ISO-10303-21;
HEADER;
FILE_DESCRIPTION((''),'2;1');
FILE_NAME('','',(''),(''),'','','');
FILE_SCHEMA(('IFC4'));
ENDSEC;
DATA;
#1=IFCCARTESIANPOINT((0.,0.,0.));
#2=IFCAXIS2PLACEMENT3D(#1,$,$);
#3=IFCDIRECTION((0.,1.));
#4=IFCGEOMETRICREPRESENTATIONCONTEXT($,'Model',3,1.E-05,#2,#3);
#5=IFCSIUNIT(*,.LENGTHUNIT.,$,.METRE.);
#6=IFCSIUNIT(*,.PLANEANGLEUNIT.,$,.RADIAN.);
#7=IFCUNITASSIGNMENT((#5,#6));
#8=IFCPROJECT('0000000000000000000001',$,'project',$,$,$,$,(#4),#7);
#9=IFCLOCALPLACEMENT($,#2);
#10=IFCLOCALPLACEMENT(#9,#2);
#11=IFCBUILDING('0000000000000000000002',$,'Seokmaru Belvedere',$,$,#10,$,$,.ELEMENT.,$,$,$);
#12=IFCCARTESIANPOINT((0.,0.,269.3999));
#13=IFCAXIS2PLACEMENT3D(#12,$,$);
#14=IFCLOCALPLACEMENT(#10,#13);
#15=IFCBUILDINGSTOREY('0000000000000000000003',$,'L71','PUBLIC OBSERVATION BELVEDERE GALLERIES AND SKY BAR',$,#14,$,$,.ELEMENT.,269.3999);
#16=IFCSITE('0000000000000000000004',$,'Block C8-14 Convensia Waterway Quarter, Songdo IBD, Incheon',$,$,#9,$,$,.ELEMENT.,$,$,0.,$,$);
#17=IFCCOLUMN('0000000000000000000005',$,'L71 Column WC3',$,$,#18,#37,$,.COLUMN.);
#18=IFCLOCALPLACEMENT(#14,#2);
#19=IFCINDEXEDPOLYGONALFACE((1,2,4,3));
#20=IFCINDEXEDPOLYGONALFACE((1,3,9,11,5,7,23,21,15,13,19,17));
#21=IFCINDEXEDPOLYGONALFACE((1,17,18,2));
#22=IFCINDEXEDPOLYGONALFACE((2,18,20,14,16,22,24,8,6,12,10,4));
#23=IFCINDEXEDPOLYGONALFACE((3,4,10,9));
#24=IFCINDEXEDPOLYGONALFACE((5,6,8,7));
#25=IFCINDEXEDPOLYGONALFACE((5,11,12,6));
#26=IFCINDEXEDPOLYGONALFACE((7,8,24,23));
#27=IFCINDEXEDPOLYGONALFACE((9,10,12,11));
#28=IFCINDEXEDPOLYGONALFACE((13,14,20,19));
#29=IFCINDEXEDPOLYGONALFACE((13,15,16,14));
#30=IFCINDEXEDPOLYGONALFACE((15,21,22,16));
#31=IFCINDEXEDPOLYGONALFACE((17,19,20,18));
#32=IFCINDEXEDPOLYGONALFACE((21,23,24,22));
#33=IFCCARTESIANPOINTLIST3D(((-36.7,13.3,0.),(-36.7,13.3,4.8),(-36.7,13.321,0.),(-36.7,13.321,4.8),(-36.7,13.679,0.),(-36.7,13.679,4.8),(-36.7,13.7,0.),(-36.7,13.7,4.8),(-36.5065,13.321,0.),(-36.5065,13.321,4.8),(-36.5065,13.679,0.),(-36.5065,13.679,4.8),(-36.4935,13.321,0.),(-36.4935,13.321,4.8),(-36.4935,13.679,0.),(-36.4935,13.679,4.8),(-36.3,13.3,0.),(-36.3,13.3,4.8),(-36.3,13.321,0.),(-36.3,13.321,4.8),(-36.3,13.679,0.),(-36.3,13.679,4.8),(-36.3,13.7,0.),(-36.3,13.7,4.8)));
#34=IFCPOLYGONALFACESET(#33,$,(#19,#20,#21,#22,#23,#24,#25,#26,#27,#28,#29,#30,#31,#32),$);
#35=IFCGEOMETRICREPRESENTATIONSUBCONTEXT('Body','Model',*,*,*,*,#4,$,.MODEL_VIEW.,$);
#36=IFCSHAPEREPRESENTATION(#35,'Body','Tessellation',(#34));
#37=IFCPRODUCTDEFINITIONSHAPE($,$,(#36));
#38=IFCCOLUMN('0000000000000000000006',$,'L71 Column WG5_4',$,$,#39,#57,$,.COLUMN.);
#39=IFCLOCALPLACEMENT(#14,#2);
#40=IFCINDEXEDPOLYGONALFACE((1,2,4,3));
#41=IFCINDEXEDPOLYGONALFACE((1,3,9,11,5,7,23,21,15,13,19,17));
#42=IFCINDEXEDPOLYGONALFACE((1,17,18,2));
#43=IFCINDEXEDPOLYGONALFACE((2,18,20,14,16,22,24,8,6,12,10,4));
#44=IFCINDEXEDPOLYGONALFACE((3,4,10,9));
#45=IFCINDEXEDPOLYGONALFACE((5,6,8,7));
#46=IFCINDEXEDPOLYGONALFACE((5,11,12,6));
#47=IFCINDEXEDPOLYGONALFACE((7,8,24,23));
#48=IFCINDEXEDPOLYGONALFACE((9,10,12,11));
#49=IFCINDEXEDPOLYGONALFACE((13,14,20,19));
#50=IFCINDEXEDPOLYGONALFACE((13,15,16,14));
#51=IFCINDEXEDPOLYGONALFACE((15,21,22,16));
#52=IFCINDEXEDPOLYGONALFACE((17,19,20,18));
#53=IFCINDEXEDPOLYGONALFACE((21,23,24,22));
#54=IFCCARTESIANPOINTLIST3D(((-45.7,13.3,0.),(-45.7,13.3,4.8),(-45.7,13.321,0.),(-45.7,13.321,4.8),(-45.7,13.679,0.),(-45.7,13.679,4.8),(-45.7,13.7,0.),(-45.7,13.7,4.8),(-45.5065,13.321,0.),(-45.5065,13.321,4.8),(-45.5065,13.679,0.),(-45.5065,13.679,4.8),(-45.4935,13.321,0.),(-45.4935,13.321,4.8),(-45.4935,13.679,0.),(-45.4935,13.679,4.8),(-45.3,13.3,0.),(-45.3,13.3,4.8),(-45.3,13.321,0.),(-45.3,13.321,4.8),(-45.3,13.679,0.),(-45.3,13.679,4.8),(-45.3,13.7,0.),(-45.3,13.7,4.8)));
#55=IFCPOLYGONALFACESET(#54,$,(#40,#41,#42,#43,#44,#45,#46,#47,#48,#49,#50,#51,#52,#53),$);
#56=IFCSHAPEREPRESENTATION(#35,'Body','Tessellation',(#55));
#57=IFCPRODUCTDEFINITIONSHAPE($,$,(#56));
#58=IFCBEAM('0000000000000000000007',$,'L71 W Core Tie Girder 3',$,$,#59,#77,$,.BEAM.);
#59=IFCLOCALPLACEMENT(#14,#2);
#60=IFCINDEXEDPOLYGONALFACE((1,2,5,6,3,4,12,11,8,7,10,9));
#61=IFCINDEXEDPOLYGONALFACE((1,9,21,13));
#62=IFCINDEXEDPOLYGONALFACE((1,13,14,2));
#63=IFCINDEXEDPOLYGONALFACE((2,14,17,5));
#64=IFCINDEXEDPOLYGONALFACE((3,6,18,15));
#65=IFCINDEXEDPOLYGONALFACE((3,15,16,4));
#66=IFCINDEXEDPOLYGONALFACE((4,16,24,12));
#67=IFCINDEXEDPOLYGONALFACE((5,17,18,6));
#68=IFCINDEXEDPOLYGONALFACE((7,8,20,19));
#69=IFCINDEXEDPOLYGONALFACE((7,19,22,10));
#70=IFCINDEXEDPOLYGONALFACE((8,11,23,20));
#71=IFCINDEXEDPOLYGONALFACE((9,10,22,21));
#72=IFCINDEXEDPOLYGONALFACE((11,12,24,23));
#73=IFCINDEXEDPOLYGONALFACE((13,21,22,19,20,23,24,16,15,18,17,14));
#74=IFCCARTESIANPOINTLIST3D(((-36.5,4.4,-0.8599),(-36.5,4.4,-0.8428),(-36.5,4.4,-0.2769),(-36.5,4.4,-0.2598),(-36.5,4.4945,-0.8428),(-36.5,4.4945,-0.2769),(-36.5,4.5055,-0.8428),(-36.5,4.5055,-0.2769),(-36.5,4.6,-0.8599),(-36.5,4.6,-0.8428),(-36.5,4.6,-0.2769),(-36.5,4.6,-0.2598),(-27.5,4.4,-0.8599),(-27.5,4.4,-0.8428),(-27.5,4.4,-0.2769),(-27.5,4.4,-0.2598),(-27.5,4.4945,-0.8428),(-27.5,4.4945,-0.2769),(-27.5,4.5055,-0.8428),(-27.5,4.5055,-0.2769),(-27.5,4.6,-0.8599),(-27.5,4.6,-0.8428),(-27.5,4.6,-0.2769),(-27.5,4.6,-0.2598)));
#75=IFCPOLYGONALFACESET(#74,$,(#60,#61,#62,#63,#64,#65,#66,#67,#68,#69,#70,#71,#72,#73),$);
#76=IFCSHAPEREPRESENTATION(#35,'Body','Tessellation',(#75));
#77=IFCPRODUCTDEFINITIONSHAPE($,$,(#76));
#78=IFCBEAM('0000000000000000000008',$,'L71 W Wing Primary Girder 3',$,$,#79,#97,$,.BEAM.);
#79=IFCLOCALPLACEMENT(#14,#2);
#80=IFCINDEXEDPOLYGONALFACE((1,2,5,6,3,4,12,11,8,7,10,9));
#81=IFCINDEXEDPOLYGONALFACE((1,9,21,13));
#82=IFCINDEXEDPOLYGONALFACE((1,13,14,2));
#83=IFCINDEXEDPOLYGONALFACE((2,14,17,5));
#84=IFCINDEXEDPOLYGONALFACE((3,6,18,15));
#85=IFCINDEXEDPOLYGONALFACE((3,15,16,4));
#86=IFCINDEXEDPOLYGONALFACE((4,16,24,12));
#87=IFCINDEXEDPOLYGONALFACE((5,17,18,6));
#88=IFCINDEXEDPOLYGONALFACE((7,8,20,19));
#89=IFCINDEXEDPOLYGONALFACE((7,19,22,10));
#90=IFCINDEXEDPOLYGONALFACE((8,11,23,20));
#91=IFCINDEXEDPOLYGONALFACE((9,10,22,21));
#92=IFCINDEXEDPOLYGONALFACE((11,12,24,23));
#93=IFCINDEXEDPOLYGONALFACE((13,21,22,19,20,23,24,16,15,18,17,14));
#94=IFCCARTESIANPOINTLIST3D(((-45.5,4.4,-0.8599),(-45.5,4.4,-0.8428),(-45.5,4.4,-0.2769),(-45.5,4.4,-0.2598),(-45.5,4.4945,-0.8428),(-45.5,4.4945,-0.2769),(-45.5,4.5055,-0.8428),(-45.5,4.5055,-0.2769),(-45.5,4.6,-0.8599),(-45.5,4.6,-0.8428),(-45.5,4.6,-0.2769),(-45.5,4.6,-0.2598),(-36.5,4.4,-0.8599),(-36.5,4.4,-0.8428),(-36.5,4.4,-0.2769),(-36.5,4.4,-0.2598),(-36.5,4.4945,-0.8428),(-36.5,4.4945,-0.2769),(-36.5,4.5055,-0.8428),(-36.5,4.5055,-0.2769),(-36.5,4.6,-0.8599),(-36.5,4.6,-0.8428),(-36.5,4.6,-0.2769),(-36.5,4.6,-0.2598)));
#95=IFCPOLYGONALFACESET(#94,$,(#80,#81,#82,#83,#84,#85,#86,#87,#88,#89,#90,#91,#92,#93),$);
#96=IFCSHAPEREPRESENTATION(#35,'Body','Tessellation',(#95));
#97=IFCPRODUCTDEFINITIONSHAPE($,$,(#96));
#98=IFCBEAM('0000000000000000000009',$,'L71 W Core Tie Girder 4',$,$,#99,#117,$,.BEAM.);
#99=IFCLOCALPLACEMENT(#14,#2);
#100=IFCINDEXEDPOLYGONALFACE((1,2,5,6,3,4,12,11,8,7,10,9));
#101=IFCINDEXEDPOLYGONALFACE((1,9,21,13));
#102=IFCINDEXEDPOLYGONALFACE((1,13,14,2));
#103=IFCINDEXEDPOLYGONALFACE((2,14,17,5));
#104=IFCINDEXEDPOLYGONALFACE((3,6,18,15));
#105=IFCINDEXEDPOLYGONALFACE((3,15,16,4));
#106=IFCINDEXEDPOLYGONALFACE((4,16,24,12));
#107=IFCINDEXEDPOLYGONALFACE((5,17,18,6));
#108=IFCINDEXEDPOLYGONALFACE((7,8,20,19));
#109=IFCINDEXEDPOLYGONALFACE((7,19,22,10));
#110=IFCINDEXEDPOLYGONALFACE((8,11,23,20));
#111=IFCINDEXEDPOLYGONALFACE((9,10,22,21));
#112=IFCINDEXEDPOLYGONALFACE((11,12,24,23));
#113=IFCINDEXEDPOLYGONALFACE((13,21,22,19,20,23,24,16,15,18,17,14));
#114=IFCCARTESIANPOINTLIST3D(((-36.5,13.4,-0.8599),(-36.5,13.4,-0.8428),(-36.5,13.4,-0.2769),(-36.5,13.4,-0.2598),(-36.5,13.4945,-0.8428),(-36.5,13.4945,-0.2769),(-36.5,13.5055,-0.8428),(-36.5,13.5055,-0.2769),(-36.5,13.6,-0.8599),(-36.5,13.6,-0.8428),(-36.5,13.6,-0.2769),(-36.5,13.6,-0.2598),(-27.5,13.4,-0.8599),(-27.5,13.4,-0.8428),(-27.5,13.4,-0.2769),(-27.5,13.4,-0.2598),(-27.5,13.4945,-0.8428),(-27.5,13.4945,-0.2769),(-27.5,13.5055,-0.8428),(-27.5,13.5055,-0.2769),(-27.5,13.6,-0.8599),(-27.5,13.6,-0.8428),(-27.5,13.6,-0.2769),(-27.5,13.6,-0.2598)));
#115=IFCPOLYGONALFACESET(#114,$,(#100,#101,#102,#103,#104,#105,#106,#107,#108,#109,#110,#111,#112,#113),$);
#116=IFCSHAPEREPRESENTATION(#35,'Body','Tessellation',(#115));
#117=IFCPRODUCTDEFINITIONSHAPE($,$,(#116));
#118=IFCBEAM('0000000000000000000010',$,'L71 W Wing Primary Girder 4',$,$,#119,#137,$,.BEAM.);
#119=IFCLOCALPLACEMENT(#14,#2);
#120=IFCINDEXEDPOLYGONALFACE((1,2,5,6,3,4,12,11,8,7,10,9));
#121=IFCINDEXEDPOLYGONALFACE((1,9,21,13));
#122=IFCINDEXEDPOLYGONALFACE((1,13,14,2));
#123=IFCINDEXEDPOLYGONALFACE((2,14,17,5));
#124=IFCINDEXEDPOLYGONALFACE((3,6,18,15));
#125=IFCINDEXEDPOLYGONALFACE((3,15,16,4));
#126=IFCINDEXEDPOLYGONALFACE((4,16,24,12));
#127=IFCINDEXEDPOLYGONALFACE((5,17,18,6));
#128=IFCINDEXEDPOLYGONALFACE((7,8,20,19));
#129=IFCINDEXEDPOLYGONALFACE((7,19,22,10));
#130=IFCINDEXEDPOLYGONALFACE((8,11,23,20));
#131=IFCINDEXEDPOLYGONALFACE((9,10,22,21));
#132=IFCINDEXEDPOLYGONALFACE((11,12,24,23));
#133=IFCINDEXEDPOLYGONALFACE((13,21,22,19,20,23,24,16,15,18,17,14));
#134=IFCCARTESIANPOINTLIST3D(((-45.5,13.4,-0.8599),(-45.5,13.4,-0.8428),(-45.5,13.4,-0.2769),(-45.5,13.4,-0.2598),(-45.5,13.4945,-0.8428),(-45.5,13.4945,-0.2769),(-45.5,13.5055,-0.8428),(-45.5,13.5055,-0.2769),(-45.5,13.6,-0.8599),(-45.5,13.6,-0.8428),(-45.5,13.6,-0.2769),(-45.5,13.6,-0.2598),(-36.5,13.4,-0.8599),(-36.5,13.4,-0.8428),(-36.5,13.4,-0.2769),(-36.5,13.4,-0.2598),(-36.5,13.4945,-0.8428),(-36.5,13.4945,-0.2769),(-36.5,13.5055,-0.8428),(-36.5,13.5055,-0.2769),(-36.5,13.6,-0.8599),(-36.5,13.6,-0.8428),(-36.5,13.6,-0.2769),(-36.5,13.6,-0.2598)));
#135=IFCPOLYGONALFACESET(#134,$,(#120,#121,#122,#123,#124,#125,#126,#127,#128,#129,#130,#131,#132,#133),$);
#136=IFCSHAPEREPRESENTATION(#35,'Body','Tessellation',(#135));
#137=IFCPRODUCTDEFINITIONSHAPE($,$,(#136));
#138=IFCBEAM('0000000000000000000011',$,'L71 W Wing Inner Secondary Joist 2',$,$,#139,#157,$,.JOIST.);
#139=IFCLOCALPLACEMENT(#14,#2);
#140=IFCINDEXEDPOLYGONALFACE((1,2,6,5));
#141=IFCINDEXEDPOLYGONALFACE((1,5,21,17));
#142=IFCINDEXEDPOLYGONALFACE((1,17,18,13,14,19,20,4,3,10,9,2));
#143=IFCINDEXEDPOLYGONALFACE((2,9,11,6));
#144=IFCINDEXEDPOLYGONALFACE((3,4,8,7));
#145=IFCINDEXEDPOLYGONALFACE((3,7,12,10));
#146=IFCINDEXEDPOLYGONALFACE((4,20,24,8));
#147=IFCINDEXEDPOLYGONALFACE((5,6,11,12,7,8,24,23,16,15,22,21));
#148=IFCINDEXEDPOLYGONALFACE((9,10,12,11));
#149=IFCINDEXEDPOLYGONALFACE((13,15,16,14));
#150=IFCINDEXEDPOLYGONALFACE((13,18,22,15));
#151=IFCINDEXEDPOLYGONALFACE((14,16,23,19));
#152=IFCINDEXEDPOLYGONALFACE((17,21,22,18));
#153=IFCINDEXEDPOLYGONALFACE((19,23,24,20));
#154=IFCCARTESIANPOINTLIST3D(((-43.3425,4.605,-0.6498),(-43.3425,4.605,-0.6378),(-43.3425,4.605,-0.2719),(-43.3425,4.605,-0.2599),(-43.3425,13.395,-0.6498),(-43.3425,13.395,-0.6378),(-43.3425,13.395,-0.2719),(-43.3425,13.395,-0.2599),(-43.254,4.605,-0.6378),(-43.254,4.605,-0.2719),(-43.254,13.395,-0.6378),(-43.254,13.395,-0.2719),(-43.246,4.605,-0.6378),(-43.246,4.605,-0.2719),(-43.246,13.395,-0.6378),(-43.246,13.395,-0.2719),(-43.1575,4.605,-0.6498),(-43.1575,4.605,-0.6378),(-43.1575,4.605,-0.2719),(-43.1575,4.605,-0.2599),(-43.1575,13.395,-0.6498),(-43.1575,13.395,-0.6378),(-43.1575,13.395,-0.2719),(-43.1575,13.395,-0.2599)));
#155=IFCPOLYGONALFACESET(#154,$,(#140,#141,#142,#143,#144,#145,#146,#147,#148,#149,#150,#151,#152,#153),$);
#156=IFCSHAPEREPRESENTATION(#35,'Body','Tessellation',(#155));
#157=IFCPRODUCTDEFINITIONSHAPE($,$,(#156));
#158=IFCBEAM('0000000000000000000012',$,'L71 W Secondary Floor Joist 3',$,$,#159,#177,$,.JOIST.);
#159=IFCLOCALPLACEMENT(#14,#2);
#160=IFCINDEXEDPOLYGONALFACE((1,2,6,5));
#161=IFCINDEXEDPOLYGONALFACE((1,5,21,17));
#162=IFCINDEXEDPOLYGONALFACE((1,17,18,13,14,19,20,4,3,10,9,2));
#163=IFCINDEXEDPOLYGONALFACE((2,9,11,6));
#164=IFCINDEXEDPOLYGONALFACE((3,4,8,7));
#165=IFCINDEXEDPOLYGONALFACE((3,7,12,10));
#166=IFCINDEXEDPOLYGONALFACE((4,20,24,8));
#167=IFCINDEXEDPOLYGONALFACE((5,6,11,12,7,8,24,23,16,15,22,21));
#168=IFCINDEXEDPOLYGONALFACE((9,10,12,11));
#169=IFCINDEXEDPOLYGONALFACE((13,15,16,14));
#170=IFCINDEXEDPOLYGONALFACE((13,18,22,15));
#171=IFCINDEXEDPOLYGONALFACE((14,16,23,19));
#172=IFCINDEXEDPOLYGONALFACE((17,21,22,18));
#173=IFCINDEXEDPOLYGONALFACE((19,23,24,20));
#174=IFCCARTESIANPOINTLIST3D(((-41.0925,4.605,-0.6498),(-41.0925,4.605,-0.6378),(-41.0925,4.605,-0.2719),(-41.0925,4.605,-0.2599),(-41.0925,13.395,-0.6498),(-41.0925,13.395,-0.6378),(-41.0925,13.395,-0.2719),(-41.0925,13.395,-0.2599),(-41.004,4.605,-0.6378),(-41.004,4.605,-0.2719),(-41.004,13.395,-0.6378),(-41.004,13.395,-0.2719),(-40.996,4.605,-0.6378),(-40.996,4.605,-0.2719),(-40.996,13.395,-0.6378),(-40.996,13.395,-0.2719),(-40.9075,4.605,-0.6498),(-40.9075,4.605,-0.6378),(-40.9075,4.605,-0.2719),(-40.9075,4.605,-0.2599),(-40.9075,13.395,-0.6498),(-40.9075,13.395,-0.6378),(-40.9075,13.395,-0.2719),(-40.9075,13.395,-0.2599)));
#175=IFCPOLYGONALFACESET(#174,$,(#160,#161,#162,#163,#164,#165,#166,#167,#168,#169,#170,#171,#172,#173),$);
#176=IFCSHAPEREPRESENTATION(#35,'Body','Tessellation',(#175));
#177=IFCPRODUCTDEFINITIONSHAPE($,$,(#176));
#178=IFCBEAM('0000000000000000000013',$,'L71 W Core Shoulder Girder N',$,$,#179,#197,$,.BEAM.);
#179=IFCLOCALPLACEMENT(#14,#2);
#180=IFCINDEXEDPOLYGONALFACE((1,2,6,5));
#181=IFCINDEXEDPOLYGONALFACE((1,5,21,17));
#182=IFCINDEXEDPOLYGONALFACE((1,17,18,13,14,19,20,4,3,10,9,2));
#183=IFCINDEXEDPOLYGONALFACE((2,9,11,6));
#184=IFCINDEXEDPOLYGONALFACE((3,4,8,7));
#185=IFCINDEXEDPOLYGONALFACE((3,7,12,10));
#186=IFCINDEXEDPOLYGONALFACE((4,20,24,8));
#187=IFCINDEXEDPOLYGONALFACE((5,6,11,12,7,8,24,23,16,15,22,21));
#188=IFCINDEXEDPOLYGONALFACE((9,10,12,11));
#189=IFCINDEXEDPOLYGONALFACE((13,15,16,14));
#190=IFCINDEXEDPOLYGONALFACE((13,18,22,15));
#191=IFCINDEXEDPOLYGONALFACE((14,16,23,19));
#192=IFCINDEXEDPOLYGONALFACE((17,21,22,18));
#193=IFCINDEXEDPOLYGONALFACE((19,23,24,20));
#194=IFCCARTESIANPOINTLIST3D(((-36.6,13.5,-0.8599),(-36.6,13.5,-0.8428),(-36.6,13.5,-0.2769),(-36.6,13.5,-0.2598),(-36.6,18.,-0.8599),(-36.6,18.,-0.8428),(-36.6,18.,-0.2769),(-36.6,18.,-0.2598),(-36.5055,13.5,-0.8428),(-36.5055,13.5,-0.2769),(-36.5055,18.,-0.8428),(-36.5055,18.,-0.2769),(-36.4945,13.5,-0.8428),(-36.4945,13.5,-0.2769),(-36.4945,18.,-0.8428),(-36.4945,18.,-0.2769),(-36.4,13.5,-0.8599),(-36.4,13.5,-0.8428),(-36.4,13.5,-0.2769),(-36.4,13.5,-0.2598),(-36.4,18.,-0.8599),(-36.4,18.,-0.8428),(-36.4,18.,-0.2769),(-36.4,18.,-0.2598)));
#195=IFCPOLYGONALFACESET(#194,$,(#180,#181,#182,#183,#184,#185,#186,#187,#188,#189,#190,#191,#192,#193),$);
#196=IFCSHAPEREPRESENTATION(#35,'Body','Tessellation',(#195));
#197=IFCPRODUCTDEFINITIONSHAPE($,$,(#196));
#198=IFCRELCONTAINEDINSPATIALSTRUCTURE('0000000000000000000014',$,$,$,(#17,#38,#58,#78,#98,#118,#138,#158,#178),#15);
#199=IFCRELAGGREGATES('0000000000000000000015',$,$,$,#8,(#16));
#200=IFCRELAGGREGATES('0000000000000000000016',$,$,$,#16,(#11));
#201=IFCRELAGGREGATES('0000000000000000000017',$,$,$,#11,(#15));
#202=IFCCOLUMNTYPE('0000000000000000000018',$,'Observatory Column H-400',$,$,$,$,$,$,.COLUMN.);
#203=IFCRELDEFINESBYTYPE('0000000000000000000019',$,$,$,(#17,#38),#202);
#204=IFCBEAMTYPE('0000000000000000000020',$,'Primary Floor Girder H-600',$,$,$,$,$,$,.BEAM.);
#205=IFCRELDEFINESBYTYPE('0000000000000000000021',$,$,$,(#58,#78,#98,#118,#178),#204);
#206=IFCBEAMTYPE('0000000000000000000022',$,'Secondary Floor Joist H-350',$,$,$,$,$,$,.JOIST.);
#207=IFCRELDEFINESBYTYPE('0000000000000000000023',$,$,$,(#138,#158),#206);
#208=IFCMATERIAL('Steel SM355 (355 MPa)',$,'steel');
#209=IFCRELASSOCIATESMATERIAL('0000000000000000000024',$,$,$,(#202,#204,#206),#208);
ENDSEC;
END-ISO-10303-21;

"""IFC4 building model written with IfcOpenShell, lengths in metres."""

from ifc_helpers import new_model, si_unit, direction, frame, origin, origin_2d, place, context, subcontext, project, spatial, i_section, extrude, source, transform, mapped, material, material_profile, profile_set, type_object, type_shapes, element, save


model = new_model("IFC4")

# Units and contexts
model_context = context("Model", 3, precision=1e-05, world=origin(), true_north=direction((0.0, 1.0)))
body_context = subcontext(model_context, "Body", "Model", "MODEL_VIEW")
ifc_project = project(units=[si_unit("LENGTHUNIT", "METRE"), si_unit("PLANEANGLEUNIT", "RADIAN")], contexts=[model_context])

# Site, building, storey
site_placement = place(None, origin())
site = spatial("IfcSite", under=ifc_project, at=site_placement, Name="Block C8-14 Convensia Waterway Quarter, Songdo IBD, Incheon", CompositionType="ELEMENT", RefElevation=0.0)
building_placement = place(site_placement, origin())
building = spatial("IfcBuilding", under=site, at=building_placement, Name="Seokmaru Belvedere", CompositionType="ELEMENT")
storey_placement = place(building_placement, frame((0.0, 0.0, 269.3999)))
storey = spatial("IfcBuildingStorey", under=building, at=storey_placement, Name="L71", Description="PUBLIC OBSERVATION BELVEDERE GALLERIES AND SKY BAR", CompositionType="ELEMENT", Elevation=269.3999)

# Columns
ifc_material_1 = material(Name="Steel SM355 (355 MPa)", Category="steel")
ifc_material_profile_1 = material_profile(ifc_material_1, i_section(OverallWidth=0.3999, OverallDepth=0.3999, WebThickness=0.0129, FlangeThickness=0.021, at=origin_2d()), Name="H-400x400x13x21")
ifc_profile_set_1 = profile_set([ifc_material_profile_1], Name="Steel SM355 (355 MPa)")
column_type = type_object("IfcColumnType", Name="Observatory Column H-400", PredefinedType="COLUMN", material=ifc_profile_set_1)
shared_shape_1 = source(origin(), body_context, "Body", "SweptSolid", [
    extrude(i_section(OverallWidth=0.3999, OverallDepth=0.3999, WebThickness=0.0129, FlangeThickness=0.021, at=origin_2d()), origin(), (0.0, 0.0, 1.0), 4.8),
])
type_shapes(column_type, [shared_shape_1])
for number, where, z_axis, x_axis, name in (
    (1, (-36.5, 13.5, 0.0), (0.0, 0.0, 1.0), (1.0, 0.0, 0.0), "L71 Column WC3"),
    (2, (-45.5, 13.5, 0.0), (0.0, 0.0, 1.0), (1.0, 0.0, 0.0), "L71 Column WG5_4"),
):
    element("IfcColumn", number, at=place(storey_placement, frame(where, z_axis=z_axis, x_axis=x_axis)), inside=storey, type_object=column_type, Name=name, PredefinedType="COLUMN", context=body_context, shape_type="MappedRepresentation", body=[
        mapped(shared_shape_1, transform((0.0, 0.0, 0.0), scale=1.0)),
    ])

# Beams
ifc_material_profile_2 = material_profile(ifc_material_1, i_section(OverallWidth=0.2, OverallDepth=0.6001, WebThickness=0.011, FlangeThickness=0.0171, at=origin_2d()), Name="H-600x200x11x17")
ifc_profile_set_2 = profile_set([ifc_material_profile_2], Name="Steel SM355 (355 MPa)")
beam_type_1 = type_object("IfcBeamType", Name="Primary Floor Girder H-600", PredefinedType="BEAM", material=ifc_profile_set_2)
shared_shape_2 = source(origin(), body_context, "Body", "SweptSolid", [
    extrude(i_section(OverallWidth=0.2, OverallDepth=0.6001, WebThickness=0.011, FlangeThickness=0.0171, at=origin_2d()), origin(), (0.0, 0.0, 1.0), 9.0),
])
for number, where, z_axis, x_axis, name in (
    (3, (-36.5, 4.5, -0.5598), (1.0, 0.0, 0.0), (0.0, 1.0, 0.0), "L71 W Core Tie Girder 3"),
    (4, (-45.5, 4.5, -0.5598), (1.0, 0.0, 0.0), (0.0, 1.0, 0.0), "L71 W Wing Primary Girder 3"),
    (5, (-36.5, 13.5, -0.5598), (1.0, 0.0, 0.0), (0.0, 1.0, 0.0), "L71 W Core Tie Girder 4"),
    (6, (-45.5, 13.5, -0.5598), (1.0, 0.0, 0.0), (0.0, 1.0, 0.0), "L71 W Wing Primary Girder 4"),
):
    element("IfcBeam", number, at=place(storey_placement, frame(where, z_axis=z_axis, x_axis=x_axis)), inside=storey, type_object=beam_type_1, Name=name, PredefinedType="BEAM", context=body_context, shape_type="MappedRepresentation", body=[
        mapped(shared_shape_2, transform((0.0, 0.0, 0.0), scale=1.0)),
    ])
ifc_material_profile_3 = material_profile(ifc_material_1, i_section(OverallWidth=0.1851, OverallDepth=0.3899, WebThickness=0.0081, FlangeThickness=0.012, at=origin_2d()), Name="H-390x185x8x12")
ifc_profile_set_3 = profile_set([ifc_material_profile_3], Name="Steel SM355 (355 MPa)")
beam_type_2 = type_object("IfcBeamType", Name="Secondary Floor Joist H-350", PredefinedType="JOIST", material=ifc_profile_set_3)
shared_shape_3 = source(origin(), body_context, "Body", "SweptSolid", [
    extrude(i_section(OverallWidth=0.1851, OverallDepth=0.3899, WebThickness=0.0081, FlangeThickness=0.012, at=origin_2d()), origin(), (0.0, 0.0, 1.0), 8.79),
])
type_shapes(beam_type_2, [shared_shape_3])
for number, where, z_axis, x_axis, name in (
    (7, (-43.25, 4.605, -0.4548), (0.0, 1.0, 0.0), (-1.0, 0.0, 0.0), "L71 W Wing Inner Secondary Joist 2"),
    (8, (-41.0, 4.605, -0.4548), (0.0, 1.0, 0.0), (-1.0, 0.0, 0.0), "L71 W Secondary Floor Joist 3"),
):
    element("IfcBeam", number, at=place(storey_placement, frame(where, z_axis=z_axis, x_axis=x_axis)), inside=storey, type_object=beam_type_2, Name=name, PredefinedType="JOIST", context=body_context, shape_type="MappedRepresentation", body=[
        mapped(shared_shape_3, transform((0.0, 0.0, 0.0), scale=1.0)),
    ])
shared_shape_4 = source(origin(), body_context, "Body", "SweptSolid", [
    extrude(i_section(OverallWidth=0.2, OverallDepth=0.6001, WebThickness=0.011, FlangeThickness=0.0171, at=origin_2d()), origin(), (0.0, 0.0, 1.0), 4.5),
])
type_shapes(beam_type_1, [shared_shape_2, shared_shape_4])
beam_placement = place(storey_placement, frame((-36.5, 13.5, -0.5598), z_axis=(0.0, 1.0, 0.0), x_axis=(-1.0, 0.0, 0.0)))
element("IfcBeam", 9, at=beam_placement, inside=storey, type_object=beam_type_1, Name="L71 W Core Shoulder Girder N", PredefinedType="BEAM", context=body_context, shape_type="MappedRepresentation", body=[
    mapped(shared_shape_4, transform((0.0, 0.0, 0.0), scale=1.0)),
])

save(model, "model.ifc")
